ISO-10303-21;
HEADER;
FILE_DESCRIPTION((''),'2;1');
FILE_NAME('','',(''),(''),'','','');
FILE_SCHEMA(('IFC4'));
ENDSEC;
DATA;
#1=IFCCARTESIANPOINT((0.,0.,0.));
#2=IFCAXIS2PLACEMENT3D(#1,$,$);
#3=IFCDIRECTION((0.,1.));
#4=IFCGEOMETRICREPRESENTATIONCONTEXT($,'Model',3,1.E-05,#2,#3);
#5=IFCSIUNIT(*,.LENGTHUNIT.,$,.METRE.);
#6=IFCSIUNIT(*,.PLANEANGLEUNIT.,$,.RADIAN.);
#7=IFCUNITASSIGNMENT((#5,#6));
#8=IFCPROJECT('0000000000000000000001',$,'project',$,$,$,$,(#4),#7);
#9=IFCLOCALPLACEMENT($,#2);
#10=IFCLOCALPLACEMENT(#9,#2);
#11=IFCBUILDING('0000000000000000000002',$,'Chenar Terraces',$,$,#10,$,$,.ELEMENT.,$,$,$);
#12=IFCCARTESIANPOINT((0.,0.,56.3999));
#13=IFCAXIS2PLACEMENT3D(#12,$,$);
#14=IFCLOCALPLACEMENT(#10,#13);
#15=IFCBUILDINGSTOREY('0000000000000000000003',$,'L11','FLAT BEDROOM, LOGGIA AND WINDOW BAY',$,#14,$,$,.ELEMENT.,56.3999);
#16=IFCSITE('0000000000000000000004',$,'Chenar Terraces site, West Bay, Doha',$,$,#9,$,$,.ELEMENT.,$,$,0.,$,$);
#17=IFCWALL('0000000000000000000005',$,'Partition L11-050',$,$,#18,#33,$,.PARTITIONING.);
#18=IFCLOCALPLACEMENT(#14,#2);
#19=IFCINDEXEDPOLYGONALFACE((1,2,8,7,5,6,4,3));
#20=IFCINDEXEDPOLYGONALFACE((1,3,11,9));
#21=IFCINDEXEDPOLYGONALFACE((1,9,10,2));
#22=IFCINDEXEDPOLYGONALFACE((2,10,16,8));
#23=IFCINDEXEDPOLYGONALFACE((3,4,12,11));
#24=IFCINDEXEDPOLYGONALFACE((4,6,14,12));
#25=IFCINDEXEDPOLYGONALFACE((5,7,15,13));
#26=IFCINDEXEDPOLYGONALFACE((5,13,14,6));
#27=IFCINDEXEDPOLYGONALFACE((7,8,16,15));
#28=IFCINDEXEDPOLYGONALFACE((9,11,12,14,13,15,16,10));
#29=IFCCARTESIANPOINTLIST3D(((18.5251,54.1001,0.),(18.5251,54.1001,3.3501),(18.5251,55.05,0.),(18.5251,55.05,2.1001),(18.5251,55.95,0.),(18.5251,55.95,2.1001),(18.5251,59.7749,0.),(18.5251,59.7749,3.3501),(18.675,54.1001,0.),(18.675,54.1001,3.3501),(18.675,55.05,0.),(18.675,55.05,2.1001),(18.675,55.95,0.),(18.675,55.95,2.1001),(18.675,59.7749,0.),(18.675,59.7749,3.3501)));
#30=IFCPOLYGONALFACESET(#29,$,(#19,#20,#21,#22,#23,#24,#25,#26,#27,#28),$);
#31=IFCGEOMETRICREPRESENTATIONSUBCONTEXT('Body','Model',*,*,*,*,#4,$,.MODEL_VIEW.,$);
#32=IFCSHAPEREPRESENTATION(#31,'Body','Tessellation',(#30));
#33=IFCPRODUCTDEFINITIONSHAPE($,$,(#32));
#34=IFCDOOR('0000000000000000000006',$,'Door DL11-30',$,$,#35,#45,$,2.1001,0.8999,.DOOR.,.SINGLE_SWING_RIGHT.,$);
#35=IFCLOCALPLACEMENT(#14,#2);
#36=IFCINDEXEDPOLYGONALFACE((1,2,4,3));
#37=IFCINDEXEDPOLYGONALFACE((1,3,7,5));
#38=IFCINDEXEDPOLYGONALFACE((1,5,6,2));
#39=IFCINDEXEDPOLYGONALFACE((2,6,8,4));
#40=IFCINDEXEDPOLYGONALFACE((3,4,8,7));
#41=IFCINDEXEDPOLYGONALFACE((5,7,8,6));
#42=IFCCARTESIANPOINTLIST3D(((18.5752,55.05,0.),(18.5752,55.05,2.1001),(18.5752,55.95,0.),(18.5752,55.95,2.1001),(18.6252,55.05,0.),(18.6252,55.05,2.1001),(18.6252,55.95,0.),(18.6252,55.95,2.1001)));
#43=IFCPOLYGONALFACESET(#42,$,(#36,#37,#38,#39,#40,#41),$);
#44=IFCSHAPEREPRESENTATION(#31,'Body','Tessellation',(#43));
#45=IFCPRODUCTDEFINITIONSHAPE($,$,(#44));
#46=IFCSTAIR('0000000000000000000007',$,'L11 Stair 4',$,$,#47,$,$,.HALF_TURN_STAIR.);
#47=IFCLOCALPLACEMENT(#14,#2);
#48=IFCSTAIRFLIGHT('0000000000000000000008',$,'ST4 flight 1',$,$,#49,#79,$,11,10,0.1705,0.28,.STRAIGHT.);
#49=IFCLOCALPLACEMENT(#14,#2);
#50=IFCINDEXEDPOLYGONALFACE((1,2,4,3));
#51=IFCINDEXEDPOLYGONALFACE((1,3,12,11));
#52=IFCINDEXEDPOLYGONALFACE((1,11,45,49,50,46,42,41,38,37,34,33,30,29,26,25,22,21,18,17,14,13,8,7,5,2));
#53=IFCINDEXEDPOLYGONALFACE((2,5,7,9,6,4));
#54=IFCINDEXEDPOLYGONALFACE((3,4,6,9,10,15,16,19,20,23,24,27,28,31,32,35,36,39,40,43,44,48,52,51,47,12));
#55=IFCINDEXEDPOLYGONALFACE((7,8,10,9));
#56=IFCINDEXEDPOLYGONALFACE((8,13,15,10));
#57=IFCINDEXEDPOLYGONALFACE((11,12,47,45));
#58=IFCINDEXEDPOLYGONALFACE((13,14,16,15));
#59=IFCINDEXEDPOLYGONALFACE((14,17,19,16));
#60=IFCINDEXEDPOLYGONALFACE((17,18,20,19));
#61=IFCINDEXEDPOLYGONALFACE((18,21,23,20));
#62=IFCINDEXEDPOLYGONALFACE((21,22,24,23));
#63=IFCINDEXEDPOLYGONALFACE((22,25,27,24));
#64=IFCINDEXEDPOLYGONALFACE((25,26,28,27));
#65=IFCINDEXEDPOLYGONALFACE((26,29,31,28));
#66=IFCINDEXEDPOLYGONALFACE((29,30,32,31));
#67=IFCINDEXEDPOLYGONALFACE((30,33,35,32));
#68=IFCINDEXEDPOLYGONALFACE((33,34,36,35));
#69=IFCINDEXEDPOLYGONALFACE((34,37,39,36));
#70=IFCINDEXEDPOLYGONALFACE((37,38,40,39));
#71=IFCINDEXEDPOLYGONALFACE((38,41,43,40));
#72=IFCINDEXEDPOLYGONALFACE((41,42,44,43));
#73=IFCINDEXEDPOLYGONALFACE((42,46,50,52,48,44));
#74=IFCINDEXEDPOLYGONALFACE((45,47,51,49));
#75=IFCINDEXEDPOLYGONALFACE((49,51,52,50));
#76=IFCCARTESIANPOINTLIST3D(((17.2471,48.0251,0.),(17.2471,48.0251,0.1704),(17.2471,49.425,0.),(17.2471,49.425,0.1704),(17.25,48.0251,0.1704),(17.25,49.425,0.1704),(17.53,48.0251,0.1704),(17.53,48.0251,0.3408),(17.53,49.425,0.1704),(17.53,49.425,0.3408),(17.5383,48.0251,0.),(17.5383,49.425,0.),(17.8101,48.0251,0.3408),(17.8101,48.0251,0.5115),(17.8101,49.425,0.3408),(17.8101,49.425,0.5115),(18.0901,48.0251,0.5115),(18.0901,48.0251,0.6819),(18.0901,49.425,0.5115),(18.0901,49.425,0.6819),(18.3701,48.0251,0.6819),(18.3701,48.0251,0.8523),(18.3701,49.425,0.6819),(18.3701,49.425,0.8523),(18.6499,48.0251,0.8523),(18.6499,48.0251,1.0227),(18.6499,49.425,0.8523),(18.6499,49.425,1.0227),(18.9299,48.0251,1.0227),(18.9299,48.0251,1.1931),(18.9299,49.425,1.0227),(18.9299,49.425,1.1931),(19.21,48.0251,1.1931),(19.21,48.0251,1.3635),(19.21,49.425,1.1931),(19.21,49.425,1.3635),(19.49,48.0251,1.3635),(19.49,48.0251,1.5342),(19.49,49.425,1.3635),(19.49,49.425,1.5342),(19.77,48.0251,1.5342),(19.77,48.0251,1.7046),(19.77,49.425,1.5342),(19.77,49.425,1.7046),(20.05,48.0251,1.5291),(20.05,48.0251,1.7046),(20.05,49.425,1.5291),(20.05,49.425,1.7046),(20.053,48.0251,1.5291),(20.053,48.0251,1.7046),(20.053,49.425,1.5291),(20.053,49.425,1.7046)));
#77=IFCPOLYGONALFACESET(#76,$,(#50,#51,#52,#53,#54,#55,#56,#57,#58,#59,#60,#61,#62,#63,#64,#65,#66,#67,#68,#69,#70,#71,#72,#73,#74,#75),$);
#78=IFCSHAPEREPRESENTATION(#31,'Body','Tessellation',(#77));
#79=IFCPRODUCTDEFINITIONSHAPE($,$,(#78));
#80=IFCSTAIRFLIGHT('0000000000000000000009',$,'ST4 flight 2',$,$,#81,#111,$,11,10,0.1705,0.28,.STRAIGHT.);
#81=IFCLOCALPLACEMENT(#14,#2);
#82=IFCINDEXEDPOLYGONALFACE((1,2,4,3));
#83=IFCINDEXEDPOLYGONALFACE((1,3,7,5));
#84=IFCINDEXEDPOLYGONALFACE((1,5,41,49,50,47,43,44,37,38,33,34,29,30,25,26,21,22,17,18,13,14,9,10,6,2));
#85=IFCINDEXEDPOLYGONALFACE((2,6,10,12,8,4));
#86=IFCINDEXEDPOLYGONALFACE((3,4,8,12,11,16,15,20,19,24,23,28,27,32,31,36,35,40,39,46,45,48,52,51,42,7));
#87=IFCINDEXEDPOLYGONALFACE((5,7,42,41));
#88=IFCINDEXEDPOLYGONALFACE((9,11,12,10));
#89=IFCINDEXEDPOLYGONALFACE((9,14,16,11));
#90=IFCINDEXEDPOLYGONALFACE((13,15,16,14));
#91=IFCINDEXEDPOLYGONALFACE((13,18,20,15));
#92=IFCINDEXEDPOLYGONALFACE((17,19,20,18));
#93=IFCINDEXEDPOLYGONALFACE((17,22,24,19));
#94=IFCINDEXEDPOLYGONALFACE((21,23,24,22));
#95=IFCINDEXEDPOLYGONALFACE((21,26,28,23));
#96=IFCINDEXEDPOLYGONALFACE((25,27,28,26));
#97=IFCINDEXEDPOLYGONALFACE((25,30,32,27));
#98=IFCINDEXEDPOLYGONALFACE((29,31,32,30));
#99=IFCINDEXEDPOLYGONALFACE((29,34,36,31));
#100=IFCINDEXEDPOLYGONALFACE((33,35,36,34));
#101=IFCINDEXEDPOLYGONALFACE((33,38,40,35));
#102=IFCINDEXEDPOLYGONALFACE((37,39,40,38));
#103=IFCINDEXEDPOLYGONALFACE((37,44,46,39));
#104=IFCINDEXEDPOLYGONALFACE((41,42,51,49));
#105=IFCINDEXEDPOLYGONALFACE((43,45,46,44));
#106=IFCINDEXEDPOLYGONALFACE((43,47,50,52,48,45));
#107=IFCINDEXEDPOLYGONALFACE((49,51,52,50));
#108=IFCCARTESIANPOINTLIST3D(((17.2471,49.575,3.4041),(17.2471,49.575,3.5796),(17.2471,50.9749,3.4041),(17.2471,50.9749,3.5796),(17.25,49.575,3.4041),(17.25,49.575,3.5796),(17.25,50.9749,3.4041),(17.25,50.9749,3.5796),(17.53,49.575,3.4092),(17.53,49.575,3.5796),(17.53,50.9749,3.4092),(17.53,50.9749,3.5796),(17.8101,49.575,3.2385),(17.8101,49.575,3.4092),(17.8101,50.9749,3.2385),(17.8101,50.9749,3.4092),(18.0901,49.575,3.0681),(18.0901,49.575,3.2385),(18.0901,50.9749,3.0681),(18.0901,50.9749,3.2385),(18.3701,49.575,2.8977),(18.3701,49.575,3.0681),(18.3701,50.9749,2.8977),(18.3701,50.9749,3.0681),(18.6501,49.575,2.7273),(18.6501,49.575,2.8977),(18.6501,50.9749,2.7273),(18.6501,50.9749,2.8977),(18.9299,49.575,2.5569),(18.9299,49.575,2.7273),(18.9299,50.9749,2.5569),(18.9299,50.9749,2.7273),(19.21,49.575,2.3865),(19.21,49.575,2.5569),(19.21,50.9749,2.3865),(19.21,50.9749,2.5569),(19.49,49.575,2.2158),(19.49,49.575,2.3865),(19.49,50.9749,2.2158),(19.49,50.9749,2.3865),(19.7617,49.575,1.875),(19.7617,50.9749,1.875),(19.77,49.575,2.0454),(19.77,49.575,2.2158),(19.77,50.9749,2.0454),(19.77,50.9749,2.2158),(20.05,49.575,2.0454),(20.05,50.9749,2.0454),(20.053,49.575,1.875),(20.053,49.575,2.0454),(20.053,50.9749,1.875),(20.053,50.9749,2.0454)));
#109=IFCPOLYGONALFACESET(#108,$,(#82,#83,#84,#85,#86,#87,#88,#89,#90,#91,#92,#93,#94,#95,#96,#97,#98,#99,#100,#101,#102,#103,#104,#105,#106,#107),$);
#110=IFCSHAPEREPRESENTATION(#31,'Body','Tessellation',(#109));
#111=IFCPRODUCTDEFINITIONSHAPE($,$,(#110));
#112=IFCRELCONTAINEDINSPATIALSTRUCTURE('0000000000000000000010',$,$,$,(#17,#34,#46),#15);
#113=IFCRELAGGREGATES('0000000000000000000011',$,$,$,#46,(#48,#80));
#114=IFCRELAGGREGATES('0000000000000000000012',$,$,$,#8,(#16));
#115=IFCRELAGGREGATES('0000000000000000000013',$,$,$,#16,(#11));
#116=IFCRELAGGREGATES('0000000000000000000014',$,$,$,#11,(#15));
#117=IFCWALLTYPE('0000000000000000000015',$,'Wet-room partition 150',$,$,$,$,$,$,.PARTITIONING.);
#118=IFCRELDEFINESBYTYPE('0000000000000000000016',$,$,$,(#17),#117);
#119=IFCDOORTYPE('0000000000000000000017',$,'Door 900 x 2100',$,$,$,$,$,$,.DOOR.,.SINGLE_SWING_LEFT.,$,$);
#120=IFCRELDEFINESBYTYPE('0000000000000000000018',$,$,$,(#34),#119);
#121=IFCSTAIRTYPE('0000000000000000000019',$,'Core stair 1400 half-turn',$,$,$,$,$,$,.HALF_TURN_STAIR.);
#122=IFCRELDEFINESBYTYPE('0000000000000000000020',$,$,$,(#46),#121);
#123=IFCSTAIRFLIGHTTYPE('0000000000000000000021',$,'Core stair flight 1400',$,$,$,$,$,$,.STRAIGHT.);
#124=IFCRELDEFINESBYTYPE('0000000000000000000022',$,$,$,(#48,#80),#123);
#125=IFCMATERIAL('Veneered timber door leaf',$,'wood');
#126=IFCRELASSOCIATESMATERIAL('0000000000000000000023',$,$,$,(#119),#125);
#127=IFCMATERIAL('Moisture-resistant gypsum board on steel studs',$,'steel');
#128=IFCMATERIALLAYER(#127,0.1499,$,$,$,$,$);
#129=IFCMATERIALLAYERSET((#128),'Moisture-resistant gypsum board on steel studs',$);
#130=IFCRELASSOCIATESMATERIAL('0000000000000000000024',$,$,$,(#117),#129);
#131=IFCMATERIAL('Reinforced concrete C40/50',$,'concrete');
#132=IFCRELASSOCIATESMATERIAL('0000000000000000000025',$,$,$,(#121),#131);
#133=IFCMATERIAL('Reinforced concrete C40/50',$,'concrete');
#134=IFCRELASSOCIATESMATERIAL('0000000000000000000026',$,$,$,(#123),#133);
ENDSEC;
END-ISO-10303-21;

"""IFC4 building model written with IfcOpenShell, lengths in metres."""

from ifc_helpers import new_model, si_unit, direction, frame, frame_2d, origin, place, context, subcontext, project, spatial, polyline, rectangle, outline, extrude, material, layer, layer_set, type_object, element, fill, aggregate, save


model = new_model("IFC4")

# Units and contexts
model_context = context("Model", 3, precision=1e-05, world=origin(), true_north=direction((0.0, 1.0)))
body_context = subcontext(model_context, "Body", "Model", "MODEL_VIEW")
ifc_project = project(units=[si_unit("LENGTHUNIT", "METRE"), si_unit("PLANEANGLEUNIT", "RADIAN")], contexts=[model_context])

# Site, building, storey
site_placement = place(None, origin())
site = spatial("IfcSite", under=ifc_project, at=site_placement, Name="Chenar Terraces site, West Bay, Doha", CompositionType="ELEMENT", RefElevation=0.0)
building_placement = place(site_placement, origin())
building = spatial("IfcBuilding", under=site, at=building_placement, Name="Chenar Terraces", CompositionType="ELEMENT")
storey_placement = place(building_placement, frame((0.0, 0.0, 56.3999)))
storey = spatial("IfcBuildingStorey", under=building, at=storey_placement, Name="L11", Description="FLAT BEDROOM, LOGGIA AND WINDOW BAY", CompositionType="ELEMENT", Elevation=56.3999)

# Shared definitions
ifc_material_1 = material(Name="Veneered timber door leaf", Category="wood")
door_type_1 = type_object("IfcDoorType", Name="Door 900 x 2100", OperationType="SINGLE_SWING_LEFT", PredefinedType="DOOR", material=ifc_material_1)

# Shared definitions
ifc_material_2 = material(Name="Moisture-resistant gypsum board on steel studs", Category="steel")
ifc_layer_1 = layer(ifc_material_2, 0.1499)
ifc_layer_set_1 = layer_set([ifc_layer_1], Name="Moisture-resistant gypsum board on steel studs")
wall_type_1 = type_object("IfcWallType", Name="Wet-room partition 150", PredefinedType="PARTITIONING", material=ifc_layer_set_1)

# Wall, opening, door
wall_1_placement = place(storey_placement, frame((18.6001, 54.1001, 0.0), z_axis=(0.0, 0.0, 1.0), x_axis=(0.0, 1.0, 0.0)))
wall_1 = element("IfcWall", 1, at=wall_1_placement, inside=storey, type_object=wall_type_1, Name="Partition L11-050", PredefinedType="PARTITIONING", context=body_context, shape_type="SweptSolid", body=[
    extrude(rectangle(XDim=5.6748, YDim=0.1499, at=frame_2d((2.8374, 0.0))), origin(), (0.0, 0.0, 1.0), 3.3501),
])
opening_1_placement = place(wall_1_placement, frame((0.95, 0.0, 0.0)))
opening_1 = element("IfcOpeningElement", 2, at=opening_1_placement, cuts=wall_1, PredefinedType="OPENING", context=body_context, shape_type="SweptSolid", body=[
    extrude(rectangle(XDim=0.8999, YDim=2.1001, at=frame_2d((0.45, 1.05))), frame((0.0, 0.085, 0.0), z_axis=(0.0, -1.0, 0.0), x_axis=(1.0, 0.0, 0.0)), (0.0, 0.0, 1.0), 0.1699),
])
door_1_placement = place(opening_1_placement, origin())
door_1 = element("IfcDoor", 3, at=door_1_placement, inside=storey, type_object=door_type_1, Name="Door DL11-30", OperationType="SINGLE_SWING_RIGHT", OverallHeight=2.1001, OverallWidth=0.8999, PredefinedType="DOOR", context=body_context, shape_type="SweptSolid", body=[
    extrude(rectangle(XDim=0.8999, YDim=2.1001, at=frame_2d((0.45, 1.05))), frame((0.0, 0.0249, 0.0), z_axis=(0.0, -1.0, 0.0), x_axis=(1.0, 0.0, 0.0)), (0.0, 0.0, 1.0), 0.05),
])
fill(opening_1, door_1)

# Stair, stair flights
ifc_material_3 = material(Name="Reinforced concrete C40/50", Category="concrete")
stair_type = type_object("IfcStairType", Name="Core stair 1400 half-turn", PredefinedType="HALF_TURN_STAIR", material=ifc_material_3)
stair_placement = place(storey_placement, origin())
stair = element("IfcStair", 4, at=stair_placement, inside=storey, type_object=stair_type, Name="L11 Stair 4", PredefinedType="HALF_TURN_STAIR")
ifc_material_4 = material(Name="Reinforced concrete C40/50", Category="concrete")
stair_flight_type = type_object("IfcStairFlightType", Name="Core stair flight 1400", PredefinedType="STRAIGHT", material=ifc_material_4)
stair_flight_1_placement = place(storey_placement, frame((17.25, 48.7251, 0.0), z_axis=(0.0, 0.0, 1.0), x_axis=(1.0, 0.0, 0.0)))
stair_flight_1 = element("IfcStairFlight", 5, at=stair_flight_1_placement, type_object=stair_flight_type, Name="ST4 flight 1", NumberOfRisers=11, NumberOfTreads=10, PredefinedType="STRAIGHT", RiserHeight=0.1705, TreadLength=0.28, context=body_context, shape_type="SweptSolid", body=[
    extrude(outline(polyline([(-0.0029, 0.0), (-0.0029, 0.1704), (0.0, 0.1704), (0.28, 0.1704), (0.28, 0.3408), (0.5601, 0.3408), (0.5601, 0.5115), (0.8401, 0.5115), (0.8401, 0.6819), (1.1201, 0.6819), (1.1201, 0.8523), (1.3999, 0.8523), (1.3999, 1.0227), (1.6799, 1.0227), (1.6799, 1.1931), (1.96, 1.1931), (1.96, 1.3635), (2.24, 1.3635), (2.24, 1.5342), (2.52, 1.5342), (2.52, 1.7046), (2.8, 1.7046), (2.803, 1.7046), (2.803, 1.5291), (2.8, 1.5291), (0.2883, 0.0), (-0.0029, 0.0)])), frame((0.0, 0.7, 0.0), z_axis=(0.0, -1.0, 0.0), x_axis=(1.0, 0.0, 0.0)), (0.0, 0.0, 1.0), 1.3999),
])
stair_flight_2_placement = place(storey_placement, frame((20.05, 50.2749, 1.875), z_axis=(0.0, 0.0, 1.0), x_axis=(-1.0, 0.0, 0.0)))
stair_flight_2 = element("IfcStairFlight", 6, at=stair_flight_2_placement, type_object=stair_flight_type, Name="ST4 flight 2", NumberOfRisers=11, NumberOfTreads=10, PredefinedType="STRAIGHT", RiserHeight=0.1705, TreadLength=0.28, context=body_context, shape_type="SweptSolid", body=[
    extrude(outline(polyline([(-0.0029, 0.0), (-0.0029, 0.1704), (0.0, 0.1704), (0.28, 0.1704), (0.28, 0.3408), (0.5601, 0.3408), (0.5601, 0.5115), (0.8401, 0.5115), (0.8401, 0.6819), (1.1201, 0.6819), (1.1201, 0.8523), (1.3999, 0.8523), (1.3999, 1.0227), (1.6799, 1.0227), (1.6799, 1.1931), (1.96, 1.1931), (1.96, 1.3635), (2.24, 1.3635), (2.24, 1.5342), (2.52, 1.5342), (2.52, 1.7046), (2.8, 1.7046), (2.803, 1.7046), (2.803, 1.5291), (2.8, 1.5291), (0.2883, 0.0), (-0.0029, 0.0)])), frame((0.0, 0.7, 0.0), z_axis=(0.0, -1.0, 0.0), x_axis=(1.0, 0.0, 0.0)), (0.0, 0.0, 1.0), 1.3999),
])
aggregate(stair, [stair_flight_1, stair_flight_2])

save(model, "model.ifc")
